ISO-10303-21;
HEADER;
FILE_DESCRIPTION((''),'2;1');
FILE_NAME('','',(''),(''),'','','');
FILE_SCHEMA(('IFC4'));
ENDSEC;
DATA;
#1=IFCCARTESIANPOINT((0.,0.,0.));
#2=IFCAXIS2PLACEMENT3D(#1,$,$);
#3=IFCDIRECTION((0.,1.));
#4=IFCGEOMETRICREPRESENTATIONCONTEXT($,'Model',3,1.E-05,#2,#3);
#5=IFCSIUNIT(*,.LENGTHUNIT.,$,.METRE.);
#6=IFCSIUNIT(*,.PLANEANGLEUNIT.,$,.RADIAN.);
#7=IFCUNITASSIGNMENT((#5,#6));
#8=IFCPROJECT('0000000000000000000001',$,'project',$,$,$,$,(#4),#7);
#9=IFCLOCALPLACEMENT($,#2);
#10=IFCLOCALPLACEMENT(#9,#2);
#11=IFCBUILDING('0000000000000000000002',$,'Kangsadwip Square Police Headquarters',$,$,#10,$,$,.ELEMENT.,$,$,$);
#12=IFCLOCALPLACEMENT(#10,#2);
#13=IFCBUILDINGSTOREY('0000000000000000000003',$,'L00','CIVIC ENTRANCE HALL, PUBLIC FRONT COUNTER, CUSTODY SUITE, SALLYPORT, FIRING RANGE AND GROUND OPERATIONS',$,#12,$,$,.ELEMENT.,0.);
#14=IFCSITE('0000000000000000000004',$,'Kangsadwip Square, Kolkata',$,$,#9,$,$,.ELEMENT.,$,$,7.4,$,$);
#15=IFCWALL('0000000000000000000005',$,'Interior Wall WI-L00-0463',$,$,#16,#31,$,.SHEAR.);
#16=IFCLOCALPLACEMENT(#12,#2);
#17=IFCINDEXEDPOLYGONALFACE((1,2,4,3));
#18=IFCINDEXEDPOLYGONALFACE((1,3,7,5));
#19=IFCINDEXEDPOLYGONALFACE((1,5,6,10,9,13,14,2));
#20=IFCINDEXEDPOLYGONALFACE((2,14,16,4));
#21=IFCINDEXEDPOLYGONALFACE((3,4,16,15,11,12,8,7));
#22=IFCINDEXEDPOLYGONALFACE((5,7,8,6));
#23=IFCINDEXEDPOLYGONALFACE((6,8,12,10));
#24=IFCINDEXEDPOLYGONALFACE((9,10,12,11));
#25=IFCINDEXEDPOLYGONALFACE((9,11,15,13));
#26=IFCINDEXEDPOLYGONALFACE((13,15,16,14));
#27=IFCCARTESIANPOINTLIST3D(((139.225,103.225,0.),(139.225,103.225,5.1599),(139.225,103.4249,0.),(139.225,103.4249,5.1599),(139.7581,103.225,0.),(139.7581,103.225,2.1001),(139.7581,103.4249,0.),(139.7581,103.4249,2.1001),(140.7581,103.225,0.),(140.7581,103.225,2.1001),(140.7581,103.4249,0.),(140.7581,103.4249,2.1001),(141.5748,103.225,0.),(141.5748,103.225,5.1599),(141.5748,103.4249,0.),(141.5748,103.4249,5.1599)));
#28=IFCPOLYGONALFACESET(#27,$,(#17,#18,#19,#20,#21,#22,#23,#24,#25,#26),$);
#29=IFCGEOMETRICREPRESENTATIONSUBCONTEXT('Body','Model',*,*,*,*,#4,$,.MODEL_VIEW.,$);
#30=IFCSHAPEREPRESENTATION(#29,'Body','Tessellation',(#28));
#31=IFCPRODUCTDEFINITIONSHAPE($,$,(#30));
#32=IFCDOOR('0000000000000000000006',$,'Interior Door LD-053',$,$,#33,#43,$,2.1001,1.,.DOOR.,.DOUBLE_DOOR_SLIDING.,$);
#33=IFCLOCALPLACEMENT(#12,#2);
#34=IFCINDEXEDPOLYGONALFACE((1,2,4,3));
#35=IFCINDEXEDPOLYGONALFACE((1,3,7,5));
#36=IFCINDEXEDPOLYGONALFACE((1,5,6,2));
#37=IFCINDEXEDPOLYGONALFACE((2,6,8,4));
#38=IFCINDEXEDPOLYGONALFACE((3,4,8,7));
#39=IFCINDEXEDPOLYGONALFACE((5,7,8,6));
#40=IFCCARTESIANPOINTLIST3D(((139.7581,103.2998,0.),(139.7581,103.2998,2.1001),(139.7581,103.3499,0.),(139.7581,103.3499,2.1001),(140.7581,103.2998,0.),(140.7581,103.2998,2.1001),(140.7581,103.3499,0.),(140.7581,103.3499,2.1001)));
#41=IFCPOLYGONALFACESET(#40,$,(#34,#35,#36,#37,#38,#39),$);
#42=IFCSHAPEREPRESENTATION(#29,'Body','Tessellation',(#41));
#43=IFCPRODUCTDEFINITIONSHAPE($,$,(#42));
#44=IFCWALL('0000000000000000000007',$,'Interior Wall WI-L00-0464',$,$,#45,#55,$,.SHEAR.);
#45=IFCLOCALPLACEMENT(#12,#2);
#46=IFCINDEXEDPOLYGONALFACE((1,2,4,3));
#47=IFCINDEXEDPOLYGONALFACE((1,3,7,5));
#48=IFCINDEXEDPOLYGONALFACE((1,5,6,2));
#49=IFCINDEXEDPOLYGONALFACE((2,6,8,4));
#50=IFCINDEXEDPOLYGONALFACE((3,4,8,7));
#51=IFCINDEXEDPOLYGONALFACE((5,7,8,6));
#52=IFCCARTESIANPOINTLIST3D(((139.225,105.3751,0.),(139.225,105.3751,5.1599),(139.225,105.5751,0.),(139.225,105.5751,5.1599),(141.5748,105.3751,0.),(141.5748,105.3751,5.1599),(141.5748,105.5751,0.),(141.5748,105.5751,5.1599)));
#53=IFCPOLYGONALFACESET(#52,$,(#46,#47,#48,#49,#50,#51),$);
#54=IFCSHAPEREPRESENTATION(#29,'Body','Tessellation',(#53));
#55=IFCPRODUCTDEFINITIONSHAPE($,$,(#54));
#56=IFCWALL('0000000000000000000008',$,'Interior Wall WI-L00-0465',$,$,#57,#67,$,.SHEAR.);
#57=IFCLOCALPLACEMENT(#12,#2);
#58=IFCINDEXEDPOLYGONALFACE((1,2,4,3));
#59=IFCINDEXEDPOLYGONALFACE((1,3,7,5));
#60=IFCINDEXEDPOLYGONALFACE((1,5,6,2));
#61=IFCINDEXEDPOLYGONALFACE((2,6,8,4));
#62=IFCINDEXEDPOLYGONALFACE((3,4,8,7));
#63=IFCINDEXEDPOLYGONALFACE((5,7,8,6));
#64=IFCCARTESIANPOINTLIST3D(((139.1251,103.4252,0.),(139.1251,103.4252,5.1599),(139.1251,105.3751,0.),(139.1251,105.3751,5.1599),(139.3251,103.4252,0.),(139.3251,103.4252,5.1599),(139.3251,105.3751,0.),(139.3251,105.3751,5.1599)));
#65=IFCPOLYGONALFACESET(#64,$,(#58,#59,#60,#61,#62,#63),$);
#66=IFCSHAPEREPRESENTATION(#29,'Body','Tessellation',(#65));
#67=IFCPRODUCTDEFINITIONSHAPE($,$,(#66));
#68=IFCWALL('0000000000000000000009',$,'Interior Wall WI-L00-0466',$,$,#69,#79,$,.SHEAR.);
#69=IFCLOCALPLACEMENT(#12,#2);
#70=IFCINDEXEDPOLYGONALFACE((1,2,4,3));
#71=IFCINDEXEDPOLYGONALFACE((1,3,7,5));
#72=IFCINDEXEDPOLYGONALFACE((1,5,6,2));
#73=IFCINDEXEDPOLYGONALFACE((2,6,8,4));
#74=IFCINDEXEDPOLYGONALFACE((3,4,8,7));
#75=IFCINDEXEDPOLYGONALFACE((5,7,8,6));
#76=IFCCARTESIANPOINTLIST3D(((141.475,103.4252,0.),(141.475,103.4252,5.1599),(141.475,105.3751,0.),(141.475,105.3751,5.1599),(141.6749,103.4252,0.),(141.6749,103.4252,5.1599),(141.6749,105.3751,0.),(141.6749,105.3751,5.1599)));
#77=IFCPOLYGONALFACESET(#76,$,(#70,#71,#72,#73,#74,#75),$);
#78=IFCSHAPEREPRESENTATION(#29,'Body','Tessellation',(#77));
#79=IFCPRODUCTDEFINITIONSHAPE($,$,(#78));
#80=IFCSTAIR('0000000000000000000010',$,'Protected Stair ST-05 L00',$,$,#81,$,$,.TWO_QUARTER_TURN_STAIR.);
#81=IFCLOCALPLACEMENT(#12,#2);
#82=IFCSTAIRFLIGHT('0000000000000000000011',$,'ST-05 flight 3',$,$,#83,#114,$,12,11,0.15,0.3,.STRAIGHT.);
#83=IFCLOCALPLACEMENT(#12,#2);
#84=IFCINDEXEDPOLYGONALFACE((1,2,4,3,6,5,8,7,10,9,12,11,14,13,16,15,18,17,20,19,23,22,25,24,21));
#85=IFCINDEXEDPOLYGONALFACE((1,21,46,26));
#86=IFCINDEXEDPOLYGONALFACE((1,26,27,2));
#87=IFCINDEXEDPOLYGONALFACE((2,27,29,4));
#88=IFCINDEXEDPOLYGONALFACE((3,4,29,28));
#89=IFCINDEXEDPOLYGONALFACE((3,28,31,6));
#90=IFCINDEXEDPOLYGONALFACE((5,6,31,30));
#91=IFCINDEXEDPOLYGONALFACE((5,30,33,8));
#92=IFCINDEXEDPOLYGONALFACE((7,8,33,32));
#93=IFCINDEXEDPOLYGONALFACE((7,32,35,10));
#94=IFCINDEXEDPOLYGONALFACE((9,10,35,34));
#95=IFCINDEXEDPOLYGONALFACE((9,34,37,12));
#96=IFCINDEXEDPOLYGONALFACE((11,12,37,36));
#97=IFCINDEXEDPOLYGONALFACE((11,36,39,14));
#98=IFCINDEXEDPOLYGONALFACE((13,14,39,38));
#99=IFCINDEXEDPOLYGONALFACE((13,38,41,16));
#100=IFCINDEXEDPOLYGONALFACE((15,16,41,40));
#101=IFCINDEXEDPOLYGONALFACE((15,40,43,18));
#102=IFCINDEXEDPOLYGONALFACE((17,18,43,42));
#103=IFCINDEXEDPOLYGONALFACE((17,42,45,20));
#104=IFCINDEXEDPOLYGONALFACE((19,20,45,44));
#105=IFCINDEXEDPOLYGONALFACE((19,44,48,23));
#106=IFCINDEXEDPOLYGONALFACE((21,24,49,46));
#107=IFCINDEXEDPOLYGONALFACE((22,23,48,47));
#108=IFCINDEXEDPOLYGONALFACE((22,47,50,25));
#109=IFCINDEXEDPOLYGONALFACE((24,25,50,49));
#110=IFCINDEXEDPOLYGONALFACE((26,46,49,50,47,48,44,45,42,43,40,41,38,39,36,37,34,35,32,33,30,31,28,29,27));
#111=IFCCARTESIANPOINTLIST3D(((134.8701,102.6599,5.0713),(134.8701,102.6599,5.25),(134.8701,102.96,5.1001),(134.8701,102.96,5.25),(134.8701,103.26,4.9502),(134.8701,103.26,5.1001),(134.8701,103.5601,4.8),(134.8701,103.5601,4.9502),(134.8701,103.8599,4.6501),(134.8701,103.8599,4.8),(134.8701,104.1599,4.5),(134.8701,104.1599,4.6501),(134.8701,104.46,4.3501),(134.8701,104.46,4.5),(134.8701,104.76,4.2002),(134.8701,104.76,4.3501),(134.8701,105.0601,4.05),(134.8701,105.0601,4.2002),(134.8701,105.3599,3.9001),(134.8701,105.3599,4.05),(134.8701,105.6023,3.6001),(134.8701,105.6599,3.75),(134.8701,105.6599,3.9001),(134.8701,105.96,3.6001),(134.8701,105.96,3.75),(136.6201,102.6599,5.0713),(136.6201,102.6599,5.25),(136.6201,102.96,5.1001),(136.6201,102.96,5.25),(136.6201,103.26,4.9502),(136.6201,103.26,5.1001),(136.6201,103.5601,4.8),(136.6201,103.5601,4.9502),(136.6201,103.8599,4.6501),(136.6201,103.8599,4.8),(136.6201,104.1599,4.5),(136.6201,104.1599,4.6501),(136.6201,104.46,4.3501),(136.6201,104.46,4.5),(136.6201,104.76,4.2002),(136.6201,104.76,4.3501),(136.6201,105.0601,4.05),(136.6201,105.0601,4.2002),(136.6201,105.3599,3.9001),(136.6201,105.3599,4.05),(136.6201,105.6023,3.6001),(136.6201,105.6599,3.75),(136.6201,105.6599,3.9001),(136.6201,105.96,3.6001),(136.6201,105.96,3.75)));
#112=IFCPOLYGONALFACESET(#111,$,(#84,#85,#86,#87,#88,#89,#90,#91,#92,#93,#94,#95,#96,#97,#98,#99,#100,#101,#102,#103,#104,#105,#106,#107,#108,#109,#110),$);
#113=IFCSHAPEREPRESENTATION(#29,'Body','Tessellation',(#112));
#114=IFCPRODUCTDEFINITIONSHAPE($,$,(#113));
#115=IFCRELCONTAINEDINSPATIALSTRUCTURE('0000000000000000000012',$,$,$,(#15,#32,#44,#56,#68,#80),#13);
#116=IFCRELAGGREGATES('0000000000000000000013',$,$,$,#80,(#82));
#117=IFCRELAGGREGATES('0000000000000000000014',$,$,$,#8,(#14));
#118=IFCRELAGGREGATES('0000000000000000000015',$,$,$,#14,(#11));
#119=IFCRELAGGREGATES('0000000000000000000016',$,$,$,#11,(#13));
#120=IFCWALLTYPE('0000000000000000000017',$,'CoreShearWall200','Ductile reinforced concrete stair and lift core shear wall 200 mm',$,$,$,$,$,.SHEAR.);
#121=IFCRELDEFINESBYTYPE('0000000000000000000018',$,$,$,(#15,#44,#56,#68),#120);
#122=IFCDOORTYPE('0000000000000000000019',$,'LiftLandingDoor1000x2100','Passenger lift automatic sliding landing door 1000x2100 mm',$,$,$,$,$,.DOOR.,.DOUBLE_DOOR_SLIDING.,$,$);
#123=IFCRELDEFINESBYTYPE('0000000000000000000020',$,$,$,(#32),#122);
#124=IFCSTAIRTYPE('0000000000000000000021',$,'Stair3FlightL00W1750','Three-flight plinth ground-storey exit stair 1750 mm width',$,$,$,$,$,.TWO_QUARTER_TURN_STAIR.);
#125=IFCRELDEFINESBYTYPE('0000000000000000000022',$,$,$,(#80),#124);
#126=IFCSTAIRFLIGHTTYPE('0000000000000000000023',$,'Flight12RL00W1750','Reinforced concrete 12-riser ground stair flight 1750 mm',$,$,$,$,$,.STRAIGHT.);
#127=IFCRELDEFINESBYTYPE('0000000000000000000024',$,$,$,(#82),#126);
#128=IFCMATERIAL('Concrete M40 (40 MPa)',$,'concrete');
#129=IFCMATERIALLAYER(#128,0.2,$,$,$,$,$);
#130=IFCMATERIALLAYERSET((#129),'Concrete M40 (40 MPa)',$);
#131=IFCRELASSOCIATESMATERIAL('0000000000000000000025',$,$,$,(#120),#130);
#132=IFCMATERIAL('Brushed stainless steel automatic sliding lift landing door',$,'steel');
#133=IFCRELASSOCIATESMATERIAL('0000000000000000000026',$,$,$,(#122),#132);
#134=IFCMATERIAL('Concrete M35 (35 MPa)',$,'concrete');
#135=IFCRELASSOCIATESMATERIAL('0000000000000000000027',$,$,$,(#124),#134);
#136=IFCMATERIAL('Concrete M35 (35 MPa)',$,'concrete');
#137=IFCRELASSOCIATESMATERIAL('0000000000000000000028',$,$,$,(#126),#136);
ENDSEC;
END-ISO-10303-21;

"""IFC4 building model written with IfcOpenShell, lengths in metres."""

from ifc_helpers import new_model, si_unit, direction, frame, frame_2d, origin, place, context, subcontext, project, spatial, polyline, rectangle, outline, extrude, material, layer, layer_set, type_object, element, fill, aggregate, save


model = new_model("IFC4")

# Units and contexts
model_context = context("Model", 3, precision=1e-05, world=origin(), true_north=direction((0.0, 1.0)))
body_context = subcontext(model_context, "Body", "Model", "MODEL_VIEW")
ifc_project = project(units=[si_unit("LENGTHUNIT", "METRE"), si_unit("PLANEANGLEUNIT", "RADIAN")], contexts=[model_context])

# Site, building, storey
site_placement = place(None, origin())
site = spatial("IfcSite", under=ifc_project, at=site_placement, Name="Kangsadwip Square, Kolkata", CompositionType="ELEMENT", RefElevation=7.4)
building_placement = place(site_placement, origin())
building = spatial("IfcBuilding", under=site, at=building_placement, Name="Kangsadwip Square Police Headquarters", CompositionType="ELEMENT")
storey_placement = place(building_placement, origin())
storey = spatial("IfcBuildingStorey", under=building, at=storey_placement, Name="L00", Description="CIVIC ENTRANCE HALL, PUBLIC FRONT COUNTER, CUSTODY SUITE, SALLYPORT, FIRING RANGE AND GROUND OPERATIONS", CompositionType="ELEMENT", Elevation=0.0)

# Shared definitions
ifc_material_1 = material(Name="Concrete M40 (40 MPa)", Category="concrete")
ifc_layer_1 = layer(ifc_material_1, 0.2)
ifc_layer_set_1 = layer_set([ifc_layer_1], Name="Concrete M40 (40 MPa)")
wall_type_1 = type_object("IfcWallType", Name="CoreShearWall200", Description="Ductile reinforced concrete stair and lift core shear wall 200 mm", PredefinedType="SHEAR", material=ifc_layer_set_1)

# Wall, opening, door
wall_1_placement = place(storey_placement, frame((139.2251, 103.325, 0.0), z_axis=(0.0, 0.0, 1.0), x_axis=(1.0, 0.0, 0.0)))
wall_1 = element("IfcWall", 1, at=wall_1_placement, inside=storey, type_object=wall_type_1, Name="Interior Wall WI-L00-0463", PredefinedType="SHEAR", context=body_context, shape_type="SweptSolid", body=[
    extrude(rectangle(XDim=2.3499, YDim=0.2, at=frame_2d((1.1748, 0.0))), origin(), (0.0, 0.0, 1.0), 5.1599),
])
opening_1_placement = place(wall_1_placement, frame((0.533, 0.0, 0.0)))
opening_1 = element("IfcOpeningElement", 2, at=opening_1_placement, cuts=wall_1, PredefinedType="OPENING", context=body_context, shape_type="SweptSolid", body=[
    extrude(rectangle(XDim=1.0, YDim=2.1001, at=frame_2d((0.5, 1.05))), frame((0.0, 0.1099, 0.0), z_axis=(0.0, -1.0, 0.0), x_axis=(1.0, 0.0, 0.0)), (0.0, 0.0, 1.0), 0.22),
])
ifc_material_2 = material(Name="Brushed stainless steel automatic sliding lift landing door", Category="steel")
door_type_1 = type_object("IfcDoorType", Name="LiftLandingDoor1000x2100", Description="Passenger lift automatic sliding landing door 1000x2100 mm", OperationType="DOUBLE_DOOR_SLIDING", PredefinedType="DOOR", material=ifc_material_2)
door_1_placement = place(opening_1_placement, origin())
door_1 = element("IfcDoor", 3, at=door_1_placement, inside=storey, type_object=door_type_1, Name="Interior Door LD-053", OperationType="DOUBLE_DOOR_SLIDING", OverallHeight=2.1001, OverallWidth=1.0, PredefinedType="DOOR", context=body_context, shape_type="SweptSolid", body=[
    extrude(rectangle(XDim=1.0, YDim=2.1001, at=frame_2d((0.5, 1.05))), frame((0.0, 0.0249, 0.0), z_axis=(0.0, -1.0, 0.0), x_axis=(1.0, 0.0, 0.0)), (0.0, 0.0, 1.0), 0.05),
])
fill(opening_1, door_1)

# Walls
wall_2_placement = place(storey_placement, frame((139.2251, 105.4751, 0.0), z_axis=(0.0, 0.0, 1.0), x_axis=(1.0, 0.0, 0.0)))
element("IfcWall", 4, at=wall_2_placement, inside=storey, type_object=wall_type_1, Name="Interior Wall WI-L00-0464", PredefinedType="SHEAR", context=body_context, shape_type="SweptSolid", body=[
    extrude(rectangle(XDim=2.3499, YDim=0.2, at=frame_2d((1.1748, 0.0))), origin(), (0.0, 0.0, 1.0), 5.1599),
])
for number, where, z_axis, x_axis, name in (
    (5, (139.2251, 103.425, 0.0), (0.0, 0.0, 1.0), (0.0, 1.0, 0.0), "Interior Wall WI-L00-0465"),
    (6, (141.575, 103.425, 0.0), (0.0, 0.0, 1.0), (0.0, 1.0, 0.0), "Interior Wall WI-L00-0466"),
):
    element("IfcWall", number, at=place(storey_placement, frame(where, z_axis=z_axis, x_axis=x_axis)), inside=storey, type_object=wall_type_1, Name=name, PredefinedType="SHEAR", context=body_context, shape_type="SweptSolid", body=[
        extrude(rectangle(XDim=1.95, YDim=0.2, at=frame_2d((0.9751, 0.0))), origin(), (0.0, 0.0, 1.0), 5.1599),
    ])

# Stair, stair flight
ifc_material_3 = material(Name="Concrete M35 (35 MPa)", Category="concrete")
stair_type = type_object("IfcStairType", Name="Stair3FlightL00W1750", Description="Three-flight plinth ground-storey exit stair 1750 mm width", PredefinedType="TWO_QUARTER_TURN_STAIR", material=ifc_material_3)
stair_placement = place(storey_placement, origin())
stair = element("IfcStair", 7, at=stair_placement, inside=storey, type_object=stair_type, Name="Protected Stair ST-05 L00", PredefinedType="TWO_QUARTER_TURN_STAIR")
ifc_material_4 = material(Name="Concrete M35 (35 MPa)", Category="concrete")
stair_flight_type = type_object("IfcStairFlightType", Name="Flight12RL00W1750", Description="Reinforced concrete 12-riser ground stair flight 1750 mm", PredefinedType="STRAIGHT", material=ifc_material_4)
stair_flight_placement = place(storey_placement, frame((135.7451, 105.96, 3.6001), z_axis=(0.0, 0.0, 1.0), x_axis=(0.0, -1.0, 0.0)))
stair_flight = element("IfcStairFlight", 8, at=stair_flight_placement, type_object=stair_flight_type, Name="ST-05 flight 3", NumberOfRisers=12, NumberOfTreads=11, PredefinedType="STRAIGHT", RiserHeight=0.15, TreadLength=0.3, context=body_context, shape_type="SweptSolid", body=[
    extrude(outline(polyline([(0.0, 0.0), (0.0, 0.1499), (0.3, 0.1499), (0.3, 0.3), (0.6001, 0.3), (0.6001, 0.45), (0.8999, 0.45), (0.8999, 0.6001), (1.2, 0.6001), (1.2, 0.75), (1.5, 0.75), (1.5, 0.8999), (1.8, 0.8999), (1.8, 1.05), (2.1001, 1.05), (2.1001, 1.2), (2.3999, 1.2), (2.3999, 1.3501), (2.7, 1.3501), (2.7, 1.5), (3.0, 1.5), (3.0, 1.6499), (3.3, 1.6499), (3.3, 1.8), (3.3, 1.4712), (0.3577, 0.0), (0.0, 0.0)])), frame((0.0, 0.875, 0.0), z_axis=(0.0, -1.0, 0.0), x_axis=(1.0, 0.0, 0.0)), (0.0, 0.0, 1.0), 1.75),
])
aggregate(stair, [stair_flight])

save(model, "model.ifc")
